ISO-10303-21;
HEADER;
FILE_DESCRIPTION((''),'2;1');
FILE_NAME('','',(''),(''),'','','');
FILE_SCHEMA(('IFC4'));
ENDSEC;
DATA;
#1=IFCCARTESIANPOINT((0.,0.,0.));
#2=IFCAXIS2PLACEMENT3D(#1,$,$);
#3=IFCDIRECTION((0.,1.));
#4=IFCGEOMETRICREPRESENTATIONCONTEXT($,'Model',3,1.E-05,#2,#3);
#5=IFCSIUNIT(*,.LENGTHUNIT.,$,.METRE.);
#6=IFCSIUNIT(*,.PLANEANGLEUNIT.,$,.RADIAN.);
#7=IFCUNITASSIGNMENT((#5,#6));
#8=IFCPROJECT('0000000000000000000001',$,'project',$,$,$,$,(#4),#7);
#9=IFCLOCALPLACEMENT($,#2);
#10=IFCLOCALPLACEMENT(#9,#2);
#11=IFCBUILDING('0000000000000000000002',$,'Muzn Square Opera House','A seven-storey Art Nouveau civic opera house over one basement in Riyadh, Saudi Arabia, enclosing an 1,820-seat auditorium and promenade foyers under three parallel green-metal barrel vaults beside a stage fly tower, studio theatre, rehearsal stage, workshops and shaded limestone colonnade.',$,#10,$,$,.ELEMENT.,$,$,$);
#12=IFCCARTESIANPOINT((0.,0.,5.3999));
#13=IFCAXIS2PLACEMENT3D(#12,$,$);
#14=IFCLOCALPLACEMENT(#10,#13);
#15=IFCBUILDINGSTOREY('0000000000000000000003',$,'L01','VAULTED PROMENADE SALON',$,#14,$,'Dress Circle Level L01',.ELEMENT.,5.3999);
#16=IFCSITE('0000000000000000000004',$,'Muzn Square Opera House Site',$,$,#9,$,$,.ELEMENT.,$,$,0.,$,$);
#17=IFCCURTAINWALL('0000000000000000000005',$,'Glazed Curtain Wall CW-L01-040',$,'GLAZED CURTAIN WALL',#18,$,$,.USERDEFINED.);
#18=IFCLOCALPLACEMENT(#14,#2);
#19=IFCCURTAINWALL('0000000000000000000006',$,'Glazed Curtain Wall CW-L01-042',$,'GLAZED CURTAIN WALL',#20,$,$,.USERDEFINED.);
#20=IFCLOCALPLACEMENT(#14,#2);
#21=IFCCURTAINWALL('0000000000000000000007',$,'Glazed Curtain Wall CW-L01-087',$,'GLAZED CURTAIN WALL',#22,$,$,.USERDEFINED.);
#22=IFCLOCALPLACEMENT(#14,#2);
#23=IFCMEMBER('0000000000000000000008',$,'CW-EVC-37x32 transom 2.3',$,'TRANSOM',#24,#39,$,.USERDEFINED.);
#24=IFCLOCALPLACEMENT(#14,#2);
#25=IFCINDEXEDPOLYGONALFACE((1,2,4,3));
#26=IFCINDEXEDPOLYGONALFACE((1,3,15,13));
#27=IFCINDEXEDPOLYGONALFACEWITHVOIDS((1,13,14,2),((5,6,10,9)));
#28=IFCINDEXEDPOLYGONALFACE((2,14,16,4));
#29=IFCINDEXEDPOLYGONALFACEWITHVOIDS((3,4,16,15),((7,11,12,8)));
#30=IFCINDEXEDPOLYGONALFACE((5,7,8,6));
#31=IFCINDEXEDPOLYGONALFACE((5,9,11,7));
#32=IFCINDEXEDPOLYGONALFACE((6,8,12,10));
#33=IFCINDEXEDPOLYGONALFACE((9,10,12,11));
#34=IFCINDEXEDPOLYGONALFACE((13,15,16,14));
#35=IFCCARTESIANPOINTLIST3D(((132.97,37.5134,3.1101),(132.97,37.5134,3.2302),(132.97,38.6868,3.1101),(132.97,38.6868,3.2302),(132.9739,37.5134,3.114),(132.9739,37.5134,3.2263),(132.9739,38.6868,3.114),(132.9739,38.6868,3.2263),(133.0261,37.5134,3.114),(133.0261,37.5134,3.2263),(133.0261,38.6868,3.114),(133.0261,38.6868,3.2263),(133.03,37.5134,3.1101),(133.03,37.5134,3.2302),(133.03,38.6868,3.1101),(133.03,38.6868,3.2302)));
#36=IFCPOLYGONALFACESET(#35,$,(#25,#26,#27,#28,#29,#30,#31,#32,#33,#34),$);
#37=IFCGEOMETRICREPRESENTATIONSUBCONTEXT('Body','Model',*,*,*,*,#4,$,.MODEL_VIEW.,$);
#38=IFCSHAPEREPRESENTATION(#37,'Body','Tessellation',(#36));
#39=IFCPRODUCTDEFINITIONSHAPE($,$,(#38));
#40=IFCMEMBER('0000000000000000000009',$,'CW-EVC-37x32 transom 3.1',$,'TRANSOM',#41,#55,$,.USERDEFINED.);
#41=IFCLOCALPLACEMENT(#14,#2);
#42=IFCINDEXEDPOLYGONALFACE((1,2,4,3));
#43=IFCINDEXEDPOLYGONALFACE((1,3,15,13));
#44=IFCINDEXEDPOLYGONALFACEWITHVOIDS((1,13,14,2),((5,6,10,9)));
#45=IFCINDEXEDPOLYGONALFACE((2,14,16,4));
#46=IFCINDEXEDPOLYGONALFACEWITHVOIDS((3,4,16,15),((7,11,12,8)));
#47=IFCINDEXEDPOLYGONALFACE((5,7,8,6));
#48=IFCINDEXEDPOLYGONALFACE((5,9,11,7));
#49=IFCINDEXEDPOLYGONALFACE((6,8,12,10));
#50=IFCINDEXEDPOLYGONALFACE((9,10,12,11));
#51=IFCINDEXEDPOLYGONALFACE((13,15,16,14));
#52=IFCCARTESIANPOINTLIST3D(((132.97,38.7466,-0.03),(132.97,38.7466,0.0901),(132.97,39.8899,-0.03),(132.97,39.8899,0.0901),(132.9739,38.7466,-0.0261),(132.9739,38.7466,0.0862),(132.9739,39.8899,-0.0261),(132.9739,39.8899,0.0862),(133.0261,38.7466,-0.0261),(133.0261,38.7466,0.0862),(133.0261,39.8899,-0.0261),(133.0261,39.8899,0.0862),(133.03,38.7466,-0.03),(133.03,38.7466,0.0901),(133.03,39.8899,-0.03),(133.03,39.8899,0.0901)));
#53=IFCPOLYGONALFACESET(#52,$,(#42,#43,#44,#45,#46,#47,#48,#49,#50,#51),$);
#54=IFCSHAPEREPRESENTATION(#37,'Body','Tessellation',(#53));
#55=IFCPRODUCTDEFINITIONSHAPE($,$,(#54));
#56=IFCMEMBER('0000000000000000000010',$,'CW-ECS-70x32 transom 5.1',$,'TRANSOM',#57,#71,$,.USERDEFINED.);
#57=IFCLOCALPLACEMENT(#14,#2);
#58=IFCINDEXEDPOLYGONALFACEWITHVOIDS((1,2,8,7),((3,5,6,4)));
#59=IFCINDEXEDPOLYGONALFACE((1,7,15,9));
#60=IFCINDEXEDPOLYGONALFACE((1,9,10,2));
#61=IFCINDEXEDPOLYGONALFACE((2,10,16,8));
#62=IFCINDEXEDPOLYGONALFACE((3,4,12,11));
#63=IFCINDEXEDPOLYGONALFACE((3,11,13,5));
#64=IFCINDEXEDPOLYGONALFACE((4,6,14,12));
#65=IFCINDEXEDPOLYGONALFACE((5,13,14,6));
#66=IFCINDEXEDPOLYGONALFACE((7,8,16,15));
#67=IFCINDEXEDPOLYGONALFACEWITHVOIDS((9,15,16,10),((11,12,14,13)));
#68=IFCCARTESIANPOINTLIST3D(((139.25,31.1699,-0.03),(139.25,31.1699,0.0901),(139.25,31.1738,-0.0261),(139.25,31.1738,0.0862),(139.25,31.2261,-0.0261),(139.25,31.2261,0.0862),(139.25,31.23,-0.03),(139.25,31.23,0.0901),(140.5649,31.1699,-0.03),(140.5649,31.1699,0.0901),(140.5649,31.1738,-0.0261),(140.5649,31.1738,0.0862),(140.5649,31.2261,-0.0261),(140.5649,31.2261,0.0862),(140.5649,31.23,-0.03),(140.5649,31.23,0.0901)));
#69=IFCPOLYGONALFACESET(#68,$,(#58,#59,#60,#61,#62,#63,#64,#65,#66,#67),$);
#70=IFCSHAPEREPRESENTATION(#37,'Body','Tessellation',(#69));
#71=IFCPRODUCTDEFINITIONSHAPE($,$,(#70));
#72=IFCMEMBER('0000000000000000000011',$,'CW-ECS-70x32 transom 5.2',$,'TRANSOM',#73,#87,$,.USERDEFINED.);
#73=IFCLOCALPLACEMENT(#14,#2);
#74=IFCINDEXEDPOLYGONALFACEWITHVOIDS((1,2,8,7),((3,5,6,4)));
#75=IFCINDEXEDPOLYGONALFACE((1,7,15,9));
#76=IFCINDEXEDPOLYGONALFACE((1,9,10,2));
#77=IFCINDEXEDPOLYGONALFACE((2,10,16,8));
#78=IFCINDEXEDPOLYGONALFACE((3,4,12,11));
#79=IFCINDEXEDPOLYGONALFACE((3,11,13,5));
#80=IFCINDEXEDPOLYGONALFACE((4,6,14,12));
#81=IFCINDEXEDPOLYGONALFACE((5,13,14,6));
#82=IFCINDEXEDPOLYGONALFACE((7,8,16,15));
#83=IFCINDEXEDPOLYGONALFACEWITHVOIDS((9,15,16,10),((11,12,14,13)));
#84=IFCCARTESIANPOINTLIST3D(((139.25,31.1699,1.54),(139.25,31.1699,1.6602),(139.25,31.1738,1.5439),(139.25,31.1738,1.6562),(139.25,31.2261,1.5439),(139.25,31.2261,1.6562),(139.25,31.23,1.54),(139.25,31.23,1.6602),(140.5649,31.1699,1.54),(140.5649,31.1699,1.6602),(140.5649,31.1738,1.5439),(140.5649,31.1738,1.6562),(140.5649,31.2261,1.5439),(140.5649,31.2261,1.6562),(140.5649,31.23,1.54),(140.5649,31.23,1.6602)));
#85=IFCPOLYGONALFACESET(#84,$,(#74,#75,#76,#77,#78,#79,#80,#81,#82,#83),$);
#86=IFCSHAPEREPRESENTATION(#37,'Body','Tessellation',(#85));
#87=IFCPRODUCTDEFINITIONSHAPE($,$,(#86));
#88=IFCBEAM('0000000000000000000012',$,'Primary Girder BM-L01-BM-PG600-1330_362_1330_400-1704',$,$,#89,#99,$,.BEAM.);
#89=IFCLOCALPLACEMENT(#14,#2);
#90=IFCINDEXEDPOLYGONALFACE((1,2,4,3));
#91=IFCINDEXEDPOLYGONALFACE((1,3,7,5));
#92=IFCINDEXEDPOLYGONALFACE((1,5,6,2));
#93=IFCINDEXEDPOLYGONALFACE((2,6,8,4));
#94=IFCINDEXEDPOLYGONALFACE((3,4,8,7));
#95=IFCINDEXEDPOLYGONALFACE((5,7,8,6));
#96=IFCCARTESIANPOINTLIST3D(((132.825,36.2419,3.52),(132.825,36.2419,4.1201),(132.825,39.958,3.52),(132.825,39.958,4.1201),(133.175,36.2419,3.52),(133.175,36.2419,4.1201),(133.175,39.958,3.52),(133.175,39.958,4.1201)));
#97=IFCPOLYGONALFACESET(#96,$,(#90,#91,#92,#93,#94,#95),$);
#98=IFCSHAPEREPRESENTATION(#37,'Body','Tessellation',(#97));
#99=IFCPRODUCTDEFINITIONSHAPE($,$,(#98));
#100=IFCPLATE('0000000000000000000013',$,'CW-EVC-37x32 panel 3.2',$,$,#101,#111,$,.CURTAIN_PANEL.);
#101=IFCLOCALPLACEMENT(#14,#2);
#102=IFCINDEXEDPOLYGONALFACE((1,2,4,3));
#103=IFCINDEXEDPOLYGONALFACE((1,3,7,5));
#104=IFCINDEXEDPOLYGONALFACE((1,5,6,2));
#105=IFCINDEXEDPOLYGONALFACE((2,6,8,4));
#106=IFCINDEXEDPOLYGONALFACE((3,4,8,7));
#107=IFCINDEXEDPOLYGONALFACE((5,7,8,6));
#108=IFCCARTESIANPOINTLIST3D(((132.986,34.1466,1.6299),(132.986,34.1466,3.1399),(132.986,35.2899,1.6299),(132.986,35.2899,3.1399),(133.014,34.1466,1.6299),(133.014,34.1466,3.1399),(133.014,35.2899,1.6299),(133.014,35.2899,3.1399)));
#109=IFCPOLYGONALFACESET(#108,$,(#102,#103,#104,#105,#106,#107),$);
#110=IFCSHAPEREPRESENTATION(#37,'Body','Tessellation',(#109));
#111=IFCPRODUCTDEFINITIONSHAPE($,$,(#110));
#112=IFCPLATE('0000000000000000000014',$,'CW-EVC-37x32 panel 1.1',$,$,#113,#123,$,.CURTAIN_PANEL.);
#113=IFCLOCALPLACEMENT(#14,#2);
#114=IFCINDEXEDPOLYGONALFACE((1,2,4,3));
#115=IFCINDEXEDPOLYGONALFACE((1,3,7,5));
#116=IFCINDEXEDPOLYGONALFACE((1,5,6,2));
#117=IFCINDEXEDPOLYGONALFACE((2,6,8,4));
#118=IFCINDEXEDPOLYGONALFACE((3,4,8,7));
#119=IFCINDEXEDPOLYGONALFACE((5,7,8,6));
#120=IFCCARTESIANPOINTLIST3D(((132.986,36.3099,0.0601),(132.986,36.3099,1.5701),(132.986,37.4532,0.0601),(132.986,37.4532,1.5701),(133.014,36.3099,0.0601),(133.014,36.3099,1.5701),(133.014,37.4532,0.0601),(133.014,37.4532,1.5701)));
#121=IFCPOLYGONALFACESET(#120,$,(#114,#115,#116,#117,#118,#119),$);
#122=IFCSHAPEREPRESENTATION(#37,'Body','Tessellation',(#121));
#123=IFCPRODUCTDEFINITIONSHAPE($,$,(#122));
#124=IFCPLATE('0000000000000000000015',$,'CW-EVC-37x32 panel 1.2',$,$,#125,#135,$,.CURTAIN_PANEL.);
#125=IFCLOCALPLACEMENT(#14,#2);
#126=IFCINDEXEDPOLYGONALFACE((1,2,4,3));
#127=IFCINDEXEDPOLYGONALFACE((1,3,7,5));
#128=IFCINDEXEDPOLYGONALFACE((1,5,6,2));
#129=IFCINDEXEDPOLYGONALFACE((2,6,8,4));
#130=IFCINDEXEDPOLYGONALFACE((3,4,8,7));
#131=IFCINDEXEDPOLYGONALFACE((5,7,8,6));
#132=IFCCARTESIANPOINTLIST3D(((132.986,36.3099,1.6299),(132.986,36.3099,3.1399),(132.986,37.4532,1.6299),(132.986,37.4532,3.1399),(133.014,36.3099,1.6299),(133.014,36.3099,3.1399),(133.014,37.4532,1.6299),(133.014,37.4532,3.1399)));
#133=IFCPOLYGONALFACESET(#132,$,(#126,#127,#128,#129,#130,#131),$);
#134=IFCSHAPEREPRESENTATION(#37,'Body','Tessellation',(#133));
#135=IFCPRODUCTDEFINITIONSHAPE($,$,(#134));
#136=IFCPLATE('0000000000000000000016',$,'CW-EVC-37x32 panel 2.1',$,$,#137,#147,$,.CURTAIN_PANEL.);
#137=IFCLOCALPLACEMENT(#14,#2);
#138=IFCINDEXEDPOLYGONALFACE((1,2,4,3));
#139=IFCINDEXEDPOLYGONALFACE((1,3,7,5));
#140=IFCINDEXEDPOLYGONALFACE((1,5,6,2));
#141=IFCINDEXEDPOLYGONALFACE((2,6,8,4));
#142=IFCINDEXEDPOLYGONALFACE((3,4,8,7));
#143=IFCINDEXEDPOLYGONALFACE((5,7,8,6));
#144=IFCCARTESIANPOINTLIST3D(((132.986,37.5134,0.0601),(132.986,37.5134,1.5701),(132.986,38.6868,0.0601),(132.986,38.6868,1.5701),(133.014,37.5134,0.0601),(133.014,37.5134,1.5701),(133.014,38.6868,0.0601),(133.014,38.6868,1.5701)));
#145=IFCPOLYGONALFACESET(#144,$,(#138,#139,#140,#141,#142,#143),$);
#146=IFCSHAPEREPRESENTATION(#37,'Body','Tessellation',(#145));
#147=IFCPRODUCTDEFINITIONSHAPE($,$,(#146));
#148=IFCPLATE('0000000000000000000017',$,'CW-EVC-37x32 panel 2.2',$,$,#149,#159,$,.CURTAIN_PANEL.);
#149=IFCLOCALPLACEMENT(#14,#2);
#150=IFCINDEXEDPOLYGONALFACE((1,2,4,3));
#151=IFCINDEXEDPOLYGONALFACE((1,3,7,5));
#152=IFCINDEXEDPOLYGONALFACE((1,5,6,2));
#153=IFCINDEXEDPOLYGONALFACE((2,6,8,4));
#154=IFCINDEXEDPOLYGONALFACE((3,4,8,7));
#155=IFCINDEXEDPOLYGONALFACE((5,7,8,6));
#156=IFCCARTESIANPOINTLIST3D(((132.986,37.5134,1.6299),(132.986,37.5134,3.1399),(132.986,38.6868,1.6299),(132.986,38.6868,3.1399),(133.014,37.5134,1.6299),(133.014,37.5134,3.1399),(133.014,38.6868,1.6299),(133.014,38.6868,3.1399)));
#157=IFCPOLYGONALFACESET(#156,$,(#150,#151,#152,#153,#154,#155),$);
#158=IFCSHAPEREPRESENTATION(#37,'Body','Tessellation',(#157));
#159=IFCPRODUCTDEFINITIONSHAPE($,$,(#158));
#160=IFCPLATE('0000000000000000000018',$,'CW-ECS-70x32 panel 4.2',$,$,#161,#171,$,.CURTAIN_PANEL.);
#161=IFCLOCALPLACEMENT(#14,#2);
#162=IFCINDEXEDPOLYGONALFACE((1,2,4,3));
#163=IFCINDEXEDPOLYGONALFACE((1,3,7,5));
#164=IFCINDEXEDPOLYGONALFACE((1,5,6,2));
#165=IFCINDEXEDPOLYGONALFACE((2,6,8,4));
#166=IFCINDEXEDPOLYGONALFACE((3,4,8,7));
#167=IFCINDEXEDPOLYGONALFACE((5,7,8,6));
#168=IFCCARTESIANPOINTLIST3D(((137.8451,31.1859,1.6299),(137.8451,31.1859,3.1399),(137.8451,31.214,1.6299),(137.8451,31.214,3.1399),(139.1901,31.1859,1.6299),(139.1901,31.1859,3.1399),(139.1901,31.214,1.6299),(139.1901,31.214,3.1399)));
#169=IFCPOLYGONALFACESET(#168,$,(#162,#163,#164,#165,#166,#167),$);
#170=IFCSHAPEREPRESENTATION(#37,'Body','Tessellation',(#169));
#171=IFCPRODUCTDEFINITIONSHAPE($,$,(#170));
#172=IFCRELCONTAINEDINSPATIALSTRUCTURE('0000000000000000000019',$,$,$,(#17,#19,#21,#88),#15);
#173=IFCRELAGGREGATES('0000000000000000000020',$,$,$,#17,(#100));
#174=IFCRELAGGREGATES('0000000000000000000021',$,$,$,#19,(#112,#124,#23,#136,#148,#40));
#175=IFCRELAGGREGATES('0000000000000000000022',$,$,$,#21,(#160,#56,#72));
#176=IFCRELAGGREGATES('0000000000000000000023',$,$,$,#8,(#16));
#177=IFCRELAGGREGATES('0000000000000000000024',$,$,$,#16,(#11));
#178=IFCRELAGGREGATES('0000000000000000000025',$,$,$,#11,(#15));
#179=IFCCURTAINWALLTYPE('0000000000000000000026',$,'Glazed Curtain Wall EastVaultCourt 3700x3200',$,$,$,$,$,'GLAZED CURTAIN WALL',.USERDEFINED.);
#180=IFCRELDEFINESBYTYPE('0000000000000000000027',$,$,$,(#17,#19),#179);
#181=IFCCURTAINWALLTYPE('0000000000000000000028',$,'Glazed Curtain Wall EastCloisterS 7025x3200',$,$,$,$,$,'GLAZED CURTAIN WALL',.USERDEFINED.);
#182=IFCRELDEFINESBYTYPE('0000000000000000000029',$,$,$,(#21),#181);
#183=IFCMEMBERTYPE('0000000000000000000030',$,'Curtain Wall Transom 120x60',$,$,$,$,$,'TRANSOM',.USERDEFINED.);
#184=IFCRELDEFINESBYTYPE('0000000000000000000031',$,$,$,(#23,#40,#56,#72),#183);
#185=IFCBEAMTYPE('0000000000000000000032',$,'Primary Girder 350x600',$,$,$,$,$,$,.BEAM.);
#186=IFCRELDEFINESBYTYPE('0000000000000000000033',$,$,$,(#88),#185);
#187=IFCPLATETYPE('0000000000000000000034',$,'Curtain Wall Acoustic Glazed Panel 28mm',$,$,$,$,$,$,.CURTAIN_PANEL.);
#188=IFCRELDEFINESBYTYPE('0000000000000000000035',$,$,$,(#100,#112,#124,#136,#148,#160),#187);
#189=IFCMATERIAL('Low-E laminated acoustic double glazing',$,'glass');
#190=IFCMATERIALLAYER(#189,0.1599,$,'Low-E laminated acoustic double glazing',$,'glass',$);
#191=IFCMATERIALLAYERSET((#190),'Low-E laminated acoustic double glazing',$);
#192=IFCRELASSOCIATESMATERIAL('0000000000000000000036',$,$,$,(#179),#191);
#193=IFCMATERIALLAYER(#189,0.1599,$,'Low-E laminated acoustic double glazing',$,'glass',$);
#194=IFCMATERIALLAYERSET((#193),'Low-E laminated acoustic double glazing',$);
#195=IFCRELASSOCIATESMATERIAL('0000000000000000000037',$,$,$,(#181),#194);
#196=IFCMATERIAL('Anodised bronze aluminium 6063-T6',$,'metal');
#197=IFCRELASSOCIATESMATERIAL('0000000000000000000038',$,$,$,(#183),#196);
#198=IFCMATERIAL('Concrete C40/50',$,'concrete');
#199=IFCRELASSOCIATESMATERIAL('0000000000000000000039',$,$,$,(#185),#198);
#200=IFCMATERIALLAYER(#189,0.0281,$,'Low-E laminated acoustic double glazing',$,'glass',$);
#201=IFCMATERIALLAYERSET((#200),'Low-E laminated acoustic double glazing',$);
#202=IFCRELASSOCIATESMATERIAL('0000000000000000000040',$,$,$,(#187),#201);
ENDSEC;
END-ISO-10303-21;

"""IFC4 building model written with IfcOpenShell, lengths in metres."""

from ifc_helpers import new_model, si_unit, direction, frame, origin, origin_2d, place, context, subcontext, project, spatial, rectangle, hollow_rectangle, extrude, material, layer, layer_set, material_profile, profile_set, type_object, element, aggregate, save


model = new_model("IFC4")

# Units and contexts
model_context = context("Model", 3, precision=1e-05, world=origin(), true_north=direction((0.0, 1.0)))
body_context = subcontext(model_context, "Body", "Model", "MODEL_VIEW")
ifc_project = project(units=[si_unit("LENGTHUNIT", "METRE"), si_unit("PLANEANGLEUNIT", "RADIAN")], contexts=[model_context])

# Site, building, storey
site_placement = place(None, origin())
site = spatial("IfcSite", under=ifc_project, at=site_placement, Name="Muzn Square Opera House Site", CompositionType="ELEMENT", RefElevation=0.0)
building_placement = place(site_placement, origin())
building = spatial("IfcBuilding", under=site, at=building_placement, Name="Muzn Square Opera House", Description="A seven-storey Art Nouveau civic opera house over one basement in Riyadh, Saudi Arabia, enclosing an 1,820-seat auditorium and promenade foyers under three parallel green-metal barrel vaults beside a stage fly tower, studio theatre, rehearsal stage, workshops and shaded limestone colonnade.", CompositionType="ELEMENT")
storey_placement = place(building_placement, frame((0.0, 0.0, 5.3999)))
storey = spatial("IfcBuildingStorey", under=building, at=storey_placement, Name="L01", Description="VAULTED PROMENADE SALON", LongName="Dress Circle Level L01", CompositionType="ELEMENT", Elevation=5.3999)

# Curtain wall
ifc_material_1 = material(Name="Low-E laminated acoustic double glazing", Category="glass")
ifc_layer_1 = layer(ifc_material_1, 0.1599, Name="Low-E laminated acoustic double glazing", Category="glass")
ifc_layer_set_1 = layer_set([ifc_layer_1], Name="Low-E laminated acoustic double glazing")
curtain_wall_type_1 = type_object("IfcCurtainWallType", Name="Glazed Curtain Wall EastVaultCourt 3700x3200", ElementType="GLAZED CURTAIN WALL", PredefinedType="USERDEFINED", material=ifc_layer_set_1)
curtain_wall_1_placement = place(storey_placement, origin())
curtain_wall_1 = element("IfcCurtainWall", 1, at=curtain_wall_1_placement, inside=storey, type_object=curtain_wall_type_1, Name="Glazed Curtain Wall CW-L01-040", ObjectType="GLAZED CURTAIN WALL", PredefinedType="USERDEFINED")
ifc_material_2 = material(Name="Anodised bronze aluminium 6063-T6", Category="metal")

# Curtain wall
curtain_wall_2_placement = place(storey_placement, origin())
curtain_wall_2 = element("IfcCurtainWall", 2, at=curtain_wall_2_placement, inside=storey, type_object=curtain_wall_type_1, Name="Glazed Curtain Wall CW-L01-042", ObjectType="GLAZED CURTAIN WALL", PredefinedType="USERDEFINED")

# Curtain wall
ifc_layer_2 = layer(ifc_material_1, 0.1599, Name="Low-E laminated acoustic double glazing", Category="glass")
ifc_layer_set_2 = layer_set([ifc_layer_2], Name="Low-E laminated acoustic double glazing")
curtain_wall_type_2 = type_object("IfcCurtainWallType", Name="Glazed Curtain Wall EastCloisterS 7025x3200", ElementType="GLAZED CURTAIN WALL", PredefinedType="USERDEFINED", material=ifc_layer_set_2)
curtain_wall_3_placement = place(storey_placement, origin())
curtain_wall_3 = element("IfcCurtainWall", 3, at=curtain_wall_3_placement, inside=storey, type_object=curtain_wall_type_2, Name="Glazed Curtain Wall CW-L01-087", ObjectType="GLAZED CURTAIN WALL", PredefinedType="USERDEFINED")

# Members
ifc_material_profile_1 = material_profile(ifc_material_2, hollow_rectangle(XDim=0.0601, YDim=0.1201, WallThickness=0.0039, at=origin_2d()), Name="ALU 120x60x4", Category="metal")
ifc_profile_set_1 = profile_set([ifc_material_profile_1], Name="Anodised bronze aluminium 6063-T6")
member_type_1 = type_object("IfcMemberType", Name="Curtain Wall Transom 120x60", ElementType="TRANSOM", PredefinedType="USERDEFINED", material=ifc_profile_set_1)
member_1_placement = place(storey_placement, frame((133.0, 37.5134, 3.1702), z_axis=(0.0, 1.0, 0.0), x_axis=(-1.0, 0.0, 0.0)))
member_1 = element("IfcMember", 4, at=member_1_placement, type_object=member_type_1, Name="CW-EVC-37x32 transom 2.3", ObjectType="TRANSOM", PredefinedType="USERDEFINED", context=body_context, shape_type="SweptSolid", body=[
    extrude(hollow_rectangle(XDim=0.0601, YDim=0.1201, WallThickness=0.0039, at=origin_2d()), origin(), (0.0, 0.0, 1.0), 1.1733),
])
member_2_placement = place(storey_placement, frame((133.0, 38.7466, 0.03), z_axis=(0.0, 1.0, 0.0), x_axis=(-1.0, 0.0, 0.0)))
member_2 = element("IfcMember", 5, at=member_2_placement, type_object=member_type_1, Name="CW-EVC-37x32 transom 3.1", ObjectType="TRANSOM", PredefinedType="USERDEFINED", context=body_context, shape_type="SweptSolid", body=[
    extrude(hollow_rectangle(XDim=0.0601, YDim=0.1201, WallThickness=0.0039, at=origin_2d()), origin(), (0.0, 0.0, 1.0), 1.1433),
])
member_3_placement = place(storey_placement, frame((139.25, 31.2, 0.03), z_axis=(1.0, 0.0, 0.0), x_axis=(0.0, 1.0, 0.0)))
member_3 = element("IfcMember", 6, at=member_3_placement, type_object=member_type_1, Name="CW-ECS-70x32 transom 5.1", ObjectType="TRANSOM", PredefinedType="USERDEFINED", context=body_context, shape_type="SweptSolid", body=[
    extrude(hollow_rectangle(XDim=0.0601, YDim=0.1201, WallThickness=0.0039, at=origin_2d()), origin(), (0.0, 0.0, 1.0), 1.3149),
])
member_4_placement = place(storey_placement, frame((139.25, 31.2, 1.6001), z_axis=(1.0, 0.0, 0.0), x_axis=(0.0, 1.0, 0.0)))
member_4 = element("IfcMember", 7, at=member_4_placement, type_object=member_type_1, Name="CW-ECS-70x32 transom 5.2", ObjectType="TRANSOM", PredefinedType="USERDEFINED", context=body_context, shape_type="SweptSolid", body=[
    extrude(hollow_rectangle(XDim=0.0601, YDim=0.1201, WallThickness=0.0039, at=origin_2d()), origin(), (0.0, 0.0, 1.0), 1.3149),
])

# Beam
ifc_material_3 = material(Name="Concrete C40/50", Category="concrete")
ifc_material_profile_2 = material_profile(ifc_material_3, rectangle(XDim=0.3501, YDim=0.6001, at=origin_2d()), Name="RCB 350x600", Category="concrete")
ifc_profile_set_2 = profile_set([ifc_material_profile_2], Name="Concrete C40/50")
beam_type = type_object("IfcBeamType", Name="Primary Girder 350x600", PredefinedType="BEAM", material=ifc_profile_set_2)
beam_placement = place(storey_placement, frame((133.0, 36.2419, 3.8201), z_axis=(0.0, 1.0, 0.0), x_axis=(-1.0, 0.0, 0.0)))
element("IfcBeam", 8, at=beam_placement, inside=storey, type_object=beam_type, Name="Primary Girder BM-L01-BM-PG600-1330_362_1330_400-1704", PredefinedType="BEAM", context=body_context, shape_type="SweptSolid", body=[
    extrude(rectangle(XDim=0.3501, YDim=0.6001, at=origin_2d()), origin(), (0.0, 0.0, 1.0), 3.7161),
])

# Plates
ifc_layer_3 = layer(ifc_material_1, 0.0281, Name="Low-E laminated acoustic double glazing", Category="glass")
ifc_layer_set_3 = layer_set([ifc_layer_3], Name="Low-E laminated acoustic double glazing")
plate_type = type_object("IfcPlateType", Name="Curtain Wall Acoustic Glazed Panel 28mm", PredefinedType="CURTAIN_PANEL", material=ifc_layer_set_3)
plate_1_placement = place(storey_placement, frame((133.0, 34.7183, 1.6299), z_axis=(0.0, 0.0, 1.0), x_axis=(0.0, 1.0, 0.0)))
plate_1 = element("IfcPlate", 9, at=plate_1_placement, type_object=plate_type, Name="CW-EVC-37x32 panel 3.2", PredefinedType="CURTAIN_PANEL", context=body_context, shape_type="SweptSolid", body=[
    extrude(rectangle(XDim=1.1433, YDim=0.0281, at=origin_2d()), origin(), (0.0, 0.0, 1.0), 1.51),
])
aggregate(curtain_wall_1, [plate_1])
plate_2_placement = place(storey_placement, frame((133.0, 36.8816, 0.0601), z_axis=(0.0, 0.0, 1.0), x_axis=(0.0, 1.0, 0.0)))
plate_2 = element("IfcPlate", 10, at=plate_2_placement, type_object=plate_type, Name="CW-EVC-37x32 panel 1.1", PredefinedType="CURTAIN_PANEL", context=body_context, shape_type="SweptSolid", body=[
    extrude(rectangle(XDim=1.1433, YDim=0.0281, at=origin_2d()), origin(), (0.0, 0.0, 1.0), 1.51),
])
plate_3_placement = place(storey_placement, frame((133.0, 36.8816, 1.6299), z_axis=(0.0, 0.0, 1.0), x_axis=(0.0, 1.0, 0.0)))
plate_3 = element("IfcPlate", 11, at=plate_3_placement, type_object=plate_type, Name="CW-EVC-37x32 panel 1.2", PredefinedType="CURTAIN_PANEL", context=body_context, shape_type="SweptSolid", body=[
    extrude(rectangle(XDim=1.1433, YDim=0.0281, at=origin_2d()), origin(), (0.0, 0.0, 1.0), 1.51),
])
plate_4_placement = place(storey_placement, frame((133.0, 38.1001, 0.0601), z_axis=(0.0, 0.0, 1.0), x_axis=(0.0, 1.0, 0.0)))
plate_4 = element("IfcPlate", 12, at=plate_4_placement, type_object=plate_type, Name="CW-EVC-37x32 panel 2.1", PredefinedType="CURTAIN_PANEL", context=body_context, shape_type="SweptSolid", body=[
    extrude(rectangle(XDim=1.1733, YDim=0.0281, at=origin_2d()), origin(), (0.0, 0.0, 1.0), 1.51),
])
plate_5_placement = place(storey_placement, frame((133.0, 38.1001, 1.6299), z_axis=(0.0, 0.0, 1.0), x_axis=(0.0, 1.0, 0.0)))
plate_5 = element("IfcPlate", 13, at=plate_5_placement, type_object=plate_type, Name="CW-EVC-37x32 panel 2.2", PredefinedType="CURTAIN_PANEL", context=body_context, shape_type="SweptSolid", body=[
    extrude(rectangle(XDim=1.1733, YDim=0.0281, at=origin_2d()), origin(), (0.0, 0.0, 1.0), 1.51),
])
aggregate(curtain_wall_2, [plate_2, plate_3, member_1, plate_4, plate_5, member_2])
plate_6_placement = place(storey_placement, frame((138.5176, 31.2, 1.6299), z_axis=(0.0, 0.0, 1.0), x_axis=(1.0, 0.0, 0.0)))
plate_6 = element("IfcPlate", 14, at=plate_6_placement, type_object=plate_type, Name="CW-ECS-70x32 panel 4.2", PredefinedType="CURTAIN_PANEL", context=body_context, shape_type="SweptSolid", body=[
    extrude(rectangle(XDim=1.345, YDim=0.0281, at=origin_2d()), origin(), (0.0, 0.0, 1.0), 1.51),
])
aggregate(curtain_wall_3, [plate_6, member_3, member_4])

save(model, "model.ifc")
